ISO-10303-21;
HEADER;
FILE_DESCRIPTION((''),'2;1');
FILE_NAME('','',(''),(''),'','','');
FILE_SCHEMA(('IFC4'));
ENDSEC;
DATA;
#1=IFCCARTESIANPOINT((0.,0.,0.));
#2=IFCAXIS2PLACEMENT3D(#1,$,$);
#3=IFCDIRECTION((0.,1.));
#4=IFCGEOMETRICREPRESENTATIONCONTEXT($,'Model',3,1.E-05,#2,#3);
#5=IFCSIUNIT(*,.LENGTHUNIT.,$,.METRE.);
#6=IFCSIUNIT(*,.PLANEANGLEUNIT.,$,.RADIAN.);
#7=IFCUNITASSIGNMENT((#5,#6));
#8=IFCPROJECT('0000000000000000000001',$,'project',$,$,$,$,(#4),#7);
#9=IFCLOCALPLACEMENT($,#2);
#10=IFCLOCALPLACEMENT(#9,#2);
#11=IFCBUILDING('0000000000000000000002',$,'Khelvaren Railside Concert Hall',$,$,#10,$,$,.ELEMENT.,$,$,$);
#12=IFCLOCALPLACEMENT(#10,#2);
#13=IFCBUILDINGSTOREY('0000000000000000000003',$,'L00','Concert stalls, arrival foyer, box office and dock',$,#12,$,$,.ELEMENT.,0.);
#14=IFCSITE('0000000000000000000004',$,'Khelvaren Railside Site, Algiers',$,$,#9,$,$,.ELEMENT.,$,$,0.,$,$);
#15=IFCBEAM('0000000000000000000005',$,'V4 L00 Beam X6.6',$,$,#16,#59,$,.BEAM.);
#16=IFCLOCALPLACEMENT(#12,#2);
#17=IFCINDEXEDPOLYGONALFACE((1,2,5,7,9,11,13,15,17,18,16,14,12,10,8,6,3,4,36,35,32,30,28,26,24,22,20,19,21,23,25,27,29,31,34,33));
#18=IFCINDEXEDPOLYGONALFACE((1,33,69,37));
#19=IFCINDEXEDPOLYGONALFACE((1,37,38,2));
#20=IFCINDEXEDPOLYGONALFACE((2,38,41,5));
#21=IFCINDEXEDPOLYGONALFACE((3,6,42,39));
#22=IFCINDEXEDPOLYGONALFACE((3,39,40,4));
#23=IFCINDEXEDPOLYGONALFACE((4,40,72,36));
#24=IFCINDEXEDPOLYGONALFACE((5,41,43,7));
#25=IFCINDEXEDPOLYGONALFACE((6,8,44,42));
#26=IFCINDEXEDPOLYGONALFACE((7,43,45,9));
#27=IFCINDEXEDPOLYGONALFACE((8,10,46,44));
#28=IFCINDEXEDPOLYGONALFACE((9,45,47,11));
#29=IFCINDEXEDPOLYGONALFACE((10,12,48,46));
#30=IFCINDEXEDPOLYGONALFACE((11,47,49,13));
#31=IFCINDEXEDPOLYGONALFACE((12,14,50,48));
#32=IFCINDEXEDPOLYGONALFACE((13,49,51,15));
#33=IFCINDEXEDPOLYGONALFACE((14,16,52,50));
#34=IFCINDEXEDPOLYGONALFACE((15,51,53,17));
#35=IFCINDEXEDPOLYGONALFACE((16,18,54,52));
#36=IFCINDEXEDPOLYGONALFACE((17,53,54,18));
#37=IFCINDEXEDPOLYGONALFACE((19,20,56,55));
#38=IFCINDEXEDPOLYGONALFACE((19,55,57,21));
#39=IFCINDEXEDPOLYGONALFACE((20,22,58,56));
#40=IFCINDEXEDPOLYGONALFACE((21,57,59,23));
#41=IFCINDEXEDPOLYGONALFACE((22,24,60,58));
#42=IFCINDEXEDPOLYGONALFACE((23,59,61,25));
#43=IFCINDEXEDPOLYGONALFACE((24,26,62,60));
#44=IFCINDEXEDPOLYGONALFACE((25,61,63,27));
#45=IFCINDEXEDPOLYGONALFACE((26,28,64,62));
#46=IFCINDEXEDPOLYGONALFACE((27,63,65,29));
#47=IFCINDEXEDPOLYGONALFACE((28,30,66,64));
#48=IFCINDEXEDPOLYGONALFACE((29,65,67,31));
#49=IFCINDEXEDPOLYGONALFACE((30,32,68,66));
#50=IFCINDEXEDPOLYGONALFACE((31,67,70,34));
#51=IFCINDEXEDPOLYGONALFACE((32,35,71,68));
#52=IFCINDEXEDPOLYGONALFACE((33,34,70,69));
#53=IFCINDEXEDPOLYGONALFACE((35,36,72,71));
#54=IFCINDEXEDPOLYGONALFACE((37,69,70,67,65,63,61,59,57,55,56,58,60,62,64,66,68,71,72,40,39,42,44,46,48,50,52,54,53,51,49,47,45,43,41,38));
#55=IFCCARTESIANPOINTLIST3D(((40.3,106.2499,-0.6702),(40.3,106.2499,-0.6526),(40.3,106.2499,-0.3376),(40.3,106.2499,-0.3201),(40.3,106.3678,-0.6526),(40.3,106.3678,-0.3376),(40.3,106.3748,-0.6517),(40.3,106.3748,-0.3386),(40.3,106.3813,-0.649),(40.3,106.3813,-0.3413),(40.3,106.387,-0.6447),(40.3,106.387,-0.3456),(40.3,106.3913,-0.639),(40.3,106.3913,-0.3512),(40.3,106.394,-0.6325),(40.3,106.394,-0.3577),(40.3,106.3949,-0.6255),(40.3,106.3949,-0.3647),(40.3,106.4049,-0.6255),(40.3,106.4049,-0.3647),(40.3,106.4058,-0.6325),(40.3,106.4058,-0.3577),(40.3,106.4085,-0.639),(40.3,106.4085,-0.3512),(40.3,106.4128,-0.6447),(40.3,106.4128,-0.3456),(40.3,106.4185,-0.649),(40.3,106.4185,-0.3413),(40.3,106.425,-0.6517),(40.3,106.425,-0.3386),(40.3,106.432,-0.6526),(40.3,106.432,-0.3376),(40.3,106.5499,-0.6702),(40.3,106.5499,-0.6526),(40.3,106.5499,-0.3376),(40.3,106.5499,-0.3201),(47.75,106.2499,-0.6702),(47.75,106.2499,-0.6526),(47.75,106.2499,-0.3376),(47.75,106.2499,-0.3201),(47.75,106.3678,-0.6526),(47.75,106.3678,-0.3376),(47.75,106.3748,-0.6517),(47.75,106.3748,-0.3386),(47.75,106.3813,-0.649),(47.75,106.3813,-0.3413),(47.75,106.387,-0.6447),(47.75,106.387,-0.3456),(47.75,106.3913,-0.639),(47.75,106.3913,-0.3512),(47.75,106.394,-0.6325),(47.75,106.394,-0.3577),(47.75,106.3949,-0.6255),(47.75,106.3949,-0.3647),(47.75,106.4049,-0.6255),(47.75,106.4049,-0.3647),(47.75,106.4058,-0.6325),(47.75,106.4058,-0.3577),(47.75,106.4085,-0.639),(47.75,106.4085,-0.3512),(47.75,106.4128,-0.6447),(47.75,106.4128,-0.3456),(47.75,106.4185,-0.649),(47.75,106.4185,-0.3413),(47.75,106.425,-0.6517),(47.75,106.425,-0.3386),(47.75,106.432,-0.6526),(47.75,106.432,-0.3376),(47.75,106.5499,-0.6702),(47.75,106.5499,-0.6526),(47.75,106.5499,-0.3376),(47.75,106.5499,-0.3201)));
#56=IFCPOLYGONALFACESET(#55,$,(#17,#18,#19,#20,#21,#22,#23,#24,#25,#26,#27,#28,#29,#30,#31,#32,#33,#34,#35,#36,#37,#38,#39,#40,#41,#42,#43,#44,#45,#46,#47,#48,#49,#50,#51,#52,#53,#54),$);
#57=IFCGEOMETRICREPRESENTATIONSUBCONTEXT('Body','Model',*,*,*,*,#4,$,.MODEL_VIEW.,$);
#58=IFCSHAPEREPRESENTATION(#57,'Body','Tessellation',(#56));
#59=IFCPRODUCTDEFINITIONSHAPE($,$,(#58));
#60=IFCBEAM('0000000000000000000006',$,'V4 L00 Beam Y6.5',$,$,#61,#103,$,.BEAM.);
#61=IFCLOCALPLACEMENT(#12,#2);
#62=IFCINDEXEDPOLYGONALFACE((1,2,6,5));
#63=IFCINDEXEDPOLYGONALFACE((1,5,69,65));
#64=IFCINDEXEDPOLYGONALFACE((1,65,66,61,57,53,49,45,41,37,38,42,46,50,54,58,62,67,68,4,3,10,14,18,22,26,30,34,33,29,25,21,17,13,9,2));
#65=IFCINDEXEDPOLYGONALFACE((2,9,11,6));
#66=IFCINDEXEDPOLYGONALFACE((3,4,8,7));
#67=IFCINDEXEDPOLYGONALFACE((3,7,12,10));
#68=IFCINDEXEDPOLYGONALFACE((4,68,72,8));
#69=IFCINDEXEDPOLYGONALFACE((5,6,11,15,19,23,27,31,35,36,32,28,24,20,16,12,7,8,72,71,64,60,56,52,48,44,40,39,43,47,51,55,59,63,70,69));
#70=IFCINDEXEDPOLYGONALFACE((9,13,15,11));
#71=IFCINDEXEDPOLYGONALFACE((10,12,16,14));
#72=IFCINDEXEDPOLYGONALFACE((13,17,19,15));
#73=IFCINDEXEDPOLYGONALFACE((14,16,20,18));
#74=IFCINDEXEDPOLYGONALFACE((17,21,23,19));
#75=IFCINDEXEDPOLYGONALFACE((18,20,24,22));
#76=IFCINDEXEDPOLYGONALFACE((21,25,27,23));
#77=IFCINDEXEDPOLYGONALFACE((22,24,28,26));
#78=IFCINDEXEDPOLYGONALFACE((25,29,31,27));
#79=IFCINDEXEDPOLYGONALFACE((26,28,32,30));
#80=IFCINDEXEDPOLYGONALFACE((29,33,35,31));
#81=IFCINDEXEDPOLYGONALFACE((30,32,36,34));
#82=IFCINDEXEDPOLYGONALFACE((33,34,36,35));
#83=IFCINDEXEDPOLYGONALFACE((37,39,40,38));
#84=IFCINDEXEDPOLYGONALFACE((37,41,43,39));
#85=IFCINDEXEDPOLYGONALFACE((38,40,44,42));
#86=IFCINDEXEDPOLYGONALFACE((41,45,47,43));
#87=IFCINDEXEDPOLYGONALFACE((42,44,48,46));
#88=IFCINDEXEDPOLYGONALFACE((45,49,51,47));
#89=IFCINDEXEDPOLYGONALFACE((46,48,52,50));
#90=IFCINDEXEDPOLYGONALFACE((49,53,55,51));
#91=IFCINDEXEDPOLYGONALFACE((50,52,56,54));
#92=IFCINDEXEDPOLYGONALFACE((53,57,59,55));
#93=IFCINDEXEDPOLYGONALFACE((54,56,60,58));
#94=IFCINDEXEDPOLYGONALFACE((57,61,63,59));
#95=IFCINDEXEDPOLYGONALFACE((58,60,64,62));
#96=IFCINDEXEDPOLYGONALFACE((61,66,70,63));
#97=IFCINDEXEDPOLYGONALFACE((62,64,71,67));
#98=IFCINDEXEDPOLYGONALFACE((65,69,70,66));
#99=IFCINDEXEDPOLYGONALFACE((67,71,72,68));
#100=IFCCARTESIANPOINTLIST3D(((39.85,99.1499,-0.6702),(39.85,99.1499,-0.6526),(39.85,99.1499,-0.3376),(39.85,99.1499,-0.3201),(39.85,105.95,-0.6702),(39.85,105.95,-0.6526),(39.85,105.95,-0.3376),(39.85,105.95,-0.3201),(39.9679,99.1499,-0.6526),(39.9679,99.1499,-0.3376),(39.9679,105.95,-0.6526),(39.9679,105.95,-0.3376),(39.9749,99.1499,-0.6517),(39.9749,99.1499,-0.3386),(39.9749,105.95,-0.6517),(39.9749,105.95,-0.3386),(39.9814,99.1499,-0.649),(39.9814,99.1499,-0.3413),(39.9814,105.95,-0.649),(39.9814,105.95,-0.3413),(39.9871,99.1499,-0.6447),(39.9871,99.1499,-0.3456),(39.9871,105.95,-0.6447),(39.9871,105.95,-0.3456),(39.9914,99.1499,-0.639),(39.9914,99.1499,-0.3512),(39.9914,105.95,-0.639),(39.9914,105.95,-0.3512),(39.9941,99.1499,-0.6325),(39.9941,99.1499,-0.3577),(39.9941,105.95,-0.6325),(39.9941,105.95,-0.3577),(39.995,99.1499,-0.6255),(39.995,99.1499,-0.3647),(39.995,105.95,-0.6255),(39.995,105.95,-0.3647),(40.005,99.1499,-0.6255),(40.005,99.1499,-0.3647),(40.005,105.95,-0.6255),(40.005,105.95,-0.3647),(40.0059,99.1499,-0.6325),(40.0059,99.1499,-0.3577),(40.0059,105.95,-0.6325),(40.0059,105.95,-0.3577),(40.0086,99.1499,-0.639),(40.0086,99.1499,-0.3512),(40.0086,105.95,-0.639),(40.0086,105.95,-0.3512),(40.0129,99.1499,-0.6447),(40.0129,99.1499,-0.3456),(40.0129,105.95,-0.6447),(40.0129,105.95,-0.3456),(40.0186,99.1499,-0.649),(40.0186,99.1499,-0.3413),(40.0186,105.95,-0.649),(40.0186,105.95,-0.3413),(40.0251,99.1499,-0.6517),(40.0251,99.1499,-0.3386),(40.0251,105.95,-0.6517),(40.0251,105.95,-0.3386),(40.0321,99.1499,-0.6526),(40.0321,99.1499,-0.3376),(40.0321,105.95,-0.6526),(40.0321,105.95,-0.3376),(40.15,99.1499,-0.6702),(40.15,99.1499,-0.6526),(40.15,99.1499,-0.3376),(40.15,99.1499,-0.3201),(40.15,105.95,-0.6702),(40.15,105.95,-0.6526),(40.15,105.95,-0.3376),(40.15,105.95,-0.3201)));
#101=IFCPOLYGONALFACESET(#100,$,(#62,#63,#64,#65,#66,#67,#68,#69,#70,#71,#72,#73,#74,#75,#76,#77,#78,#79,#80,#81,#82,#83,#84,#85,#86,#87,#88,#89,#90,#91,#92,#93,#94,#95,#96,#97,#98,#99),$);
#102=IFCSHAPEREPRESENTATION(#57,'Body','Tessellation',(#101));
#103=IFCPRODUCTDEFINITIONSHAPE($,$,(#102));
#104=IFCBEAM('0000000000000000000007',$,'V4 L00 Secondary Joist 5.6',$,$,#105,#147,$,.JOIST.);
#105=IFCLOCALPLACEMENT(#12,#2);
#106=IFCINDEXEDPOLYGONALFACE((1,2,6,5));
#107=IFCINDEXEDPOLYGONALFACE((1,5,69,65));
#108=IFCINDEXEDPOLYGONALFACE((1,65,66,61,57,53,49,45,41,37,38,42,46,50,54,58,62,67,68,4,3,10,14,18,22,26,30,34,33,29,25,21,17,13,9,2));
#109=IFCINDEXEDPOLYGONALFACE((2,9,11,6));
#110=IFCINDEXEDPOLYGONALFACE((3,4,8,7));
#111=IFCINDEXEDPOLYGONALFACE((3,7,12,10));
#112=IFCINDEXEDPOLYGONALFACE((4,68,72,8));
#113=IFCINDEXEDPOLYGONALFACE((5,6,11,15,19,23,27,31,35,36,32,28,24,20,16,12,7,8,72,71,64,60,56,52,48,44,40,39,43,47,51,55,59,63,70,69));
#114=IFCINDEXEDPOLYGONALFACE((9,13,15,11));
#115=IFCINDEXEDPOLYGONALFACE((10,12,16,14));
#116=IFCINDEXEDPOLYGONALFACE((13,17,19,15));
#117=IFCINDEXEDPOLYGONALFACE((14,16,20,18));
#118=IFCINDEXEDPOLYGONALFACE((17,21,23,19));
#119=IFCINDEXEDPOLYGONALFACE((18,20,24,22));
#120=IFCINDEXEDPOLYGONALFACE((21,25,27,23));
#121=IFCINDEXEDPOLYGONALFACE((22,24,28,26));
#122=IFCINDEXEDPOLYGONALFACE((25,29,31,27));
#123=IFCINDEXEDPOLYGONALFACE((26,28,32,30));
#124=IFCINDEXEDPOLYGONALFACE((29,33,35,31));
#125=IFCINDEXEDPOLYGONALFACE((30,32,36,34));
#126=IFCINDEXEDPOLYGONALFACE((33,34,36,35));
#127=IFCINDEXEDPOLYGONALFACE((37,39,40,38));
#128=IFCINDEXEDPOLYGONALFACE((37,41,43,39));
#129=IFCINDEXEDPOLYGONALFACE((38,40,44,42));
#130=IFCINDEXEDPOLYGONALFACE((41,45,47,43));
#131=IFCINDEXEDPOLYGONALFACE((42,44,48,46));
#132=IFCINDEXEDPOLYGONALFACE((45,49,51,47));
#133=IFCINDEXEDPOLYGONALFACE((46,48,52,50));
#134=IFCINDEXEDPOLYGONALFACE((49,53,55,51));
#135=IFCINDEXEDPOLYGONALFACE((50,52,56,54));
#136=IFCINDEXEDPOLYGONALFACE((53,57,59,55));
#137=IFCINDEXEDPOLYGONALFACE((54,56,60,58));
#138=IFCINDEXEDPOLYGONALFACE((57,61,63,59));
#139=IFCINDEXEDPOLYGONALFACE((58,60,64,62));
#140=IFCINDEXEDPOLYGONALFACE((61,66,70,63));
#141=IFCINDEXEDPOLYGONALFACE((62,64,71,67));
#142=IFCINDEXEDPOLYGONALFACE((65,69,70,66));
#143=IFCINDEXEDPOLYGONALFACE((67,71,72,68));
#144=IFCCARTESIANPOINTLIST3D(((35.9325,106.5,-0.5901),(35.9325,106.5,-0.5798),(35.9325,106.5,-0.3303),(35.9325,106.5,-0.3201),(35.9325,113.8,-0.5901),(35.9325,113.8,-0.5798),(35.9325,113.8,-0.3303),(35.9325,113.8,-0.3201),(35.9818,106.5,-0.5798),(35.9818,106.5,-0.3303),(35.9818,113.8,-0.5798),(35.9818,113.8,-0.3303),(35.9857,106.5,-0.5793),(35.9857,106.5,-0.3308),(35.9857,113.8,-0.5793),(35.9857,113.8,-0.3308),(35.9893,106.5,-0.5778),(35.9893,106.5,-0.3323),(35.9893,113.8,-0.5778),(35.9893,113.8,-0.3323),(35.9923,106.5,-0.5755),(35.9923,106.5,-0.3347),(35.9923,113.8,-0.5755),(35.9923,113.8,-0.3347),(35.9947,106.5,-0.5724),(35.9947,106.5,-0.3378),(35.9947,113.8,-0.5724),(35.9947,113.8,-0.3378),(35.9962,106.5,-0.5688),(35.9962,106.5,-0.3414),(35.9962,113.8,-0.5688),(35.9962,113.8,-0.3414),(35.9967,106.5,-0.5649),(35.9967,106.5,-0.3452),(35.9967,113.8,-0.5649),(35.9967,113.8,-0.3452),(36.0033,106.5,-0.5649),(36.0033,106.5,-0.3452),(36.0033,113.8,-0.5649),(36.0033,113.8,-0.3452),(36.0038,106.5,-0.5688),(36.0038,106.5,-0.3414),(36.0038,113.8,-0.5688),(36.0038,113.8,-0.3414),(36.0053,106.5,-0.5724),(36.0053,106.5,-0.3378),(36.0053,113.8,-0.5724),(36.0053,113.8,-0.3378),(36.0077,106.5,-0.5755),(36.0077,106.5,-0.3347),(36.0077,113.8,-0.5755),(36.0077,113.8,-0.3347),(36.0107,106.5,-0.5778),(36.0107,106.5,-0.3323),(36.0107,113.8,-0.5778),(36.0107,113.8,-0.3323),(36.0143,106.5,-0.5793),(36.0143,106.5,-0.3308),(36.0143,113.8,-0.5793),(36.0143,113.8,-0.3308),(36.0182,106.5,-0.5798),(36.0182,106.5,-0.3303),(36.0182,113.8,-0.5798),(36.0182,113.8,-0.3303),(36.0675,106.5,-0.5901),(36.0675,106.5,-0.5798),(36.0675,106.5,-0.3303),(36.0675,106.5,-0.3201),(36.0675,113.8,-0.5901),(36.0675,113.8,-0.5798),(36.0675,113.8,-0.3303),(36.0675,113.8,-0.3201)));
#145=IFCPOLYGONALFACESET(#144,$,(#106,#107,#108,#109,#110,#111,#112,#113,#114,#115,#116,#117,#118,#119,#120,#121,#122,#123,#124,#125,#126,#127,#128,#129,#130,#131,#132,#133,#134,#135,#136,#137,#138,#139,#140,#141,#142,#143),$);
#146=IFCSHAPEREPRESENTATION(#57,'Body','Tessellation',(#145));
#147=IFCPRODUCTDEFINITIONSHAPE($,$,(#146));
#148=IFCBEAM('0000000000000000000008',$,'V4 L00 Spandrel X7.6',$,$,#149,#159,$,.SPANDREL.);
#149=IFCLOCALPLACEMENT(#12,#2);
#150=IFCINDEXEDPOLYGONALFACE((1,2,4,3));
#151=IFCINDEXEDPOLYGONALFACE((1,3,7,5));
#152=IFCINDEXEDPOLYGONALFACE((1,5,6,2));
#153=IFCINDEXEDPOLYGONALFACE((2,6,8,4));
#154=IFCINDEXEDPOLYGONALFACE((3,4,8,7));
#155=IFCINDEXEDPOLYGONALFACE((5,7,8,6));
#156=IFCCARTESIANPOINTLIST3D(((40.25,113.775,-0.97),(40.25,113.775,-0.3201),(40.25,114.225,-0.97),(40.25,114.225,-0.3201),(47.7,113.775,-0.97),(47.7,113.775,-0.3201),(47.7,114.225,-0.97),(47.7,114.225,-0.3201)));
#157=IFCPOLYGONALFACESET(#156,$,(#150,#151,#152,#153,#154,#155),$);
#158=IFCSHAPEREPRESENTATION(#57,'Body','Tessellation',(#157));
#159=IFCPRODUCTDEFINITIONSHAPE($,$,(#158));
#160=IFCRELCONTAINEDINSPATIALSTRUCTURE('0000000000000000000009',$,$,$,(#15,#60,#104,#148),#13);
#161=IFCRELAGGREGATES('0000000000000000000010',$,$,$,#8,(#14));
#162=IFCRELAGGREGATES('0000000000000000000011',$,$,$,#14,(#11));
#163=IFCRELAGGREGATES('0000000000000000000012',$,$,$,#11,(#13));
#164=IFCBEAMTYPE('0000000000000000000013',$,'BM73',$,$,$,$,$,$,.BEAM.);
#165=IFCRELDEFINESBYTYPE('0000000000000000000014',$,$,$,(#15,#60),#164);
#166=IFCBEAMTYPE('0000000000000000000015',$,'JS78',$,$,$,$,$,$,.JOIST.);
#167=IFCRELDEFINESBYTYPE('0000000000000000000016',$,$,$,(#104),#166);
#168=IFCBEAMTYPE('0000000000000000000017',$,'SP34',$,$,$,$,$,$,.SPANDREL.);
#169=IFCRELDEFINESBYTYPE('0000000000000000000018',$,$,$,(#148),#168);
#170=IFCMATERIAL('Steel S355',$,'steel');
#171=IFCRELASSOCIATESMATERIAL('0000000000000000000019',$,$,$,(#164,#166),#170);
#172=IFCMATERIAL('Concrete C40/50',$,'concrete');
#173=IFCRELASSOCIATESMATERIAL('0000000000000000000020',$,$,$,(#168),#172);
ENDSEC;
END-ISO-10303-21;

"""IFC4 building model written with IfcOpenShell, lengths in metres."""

from ifc_helpers import new_model, si_unit, direction, frame, origin, origin_2d, place, context, subcontext, project, spatial, rectangle, i_section, extrude, material, material_profile, profile_set, type_object, element, save


model = new_model("IFC4")

# Units and contexts
model_context = context("Model", 3, precision=1e-05, world=origin(), true_north=direction((0.0, 1.0)))
body_context = subcontext(model_context, "Body", "Model", "MODEL_VIEW")
ifc_project = project(units=[si_unit("LENGTHUNIT", "METRE"), si_unit("PLANEANGLEUNIT", "RADIAN")], contexts=[model_context])

# Site, building, storey
site_placement = place(None, origin())
site = spatial("IfcSite", under=ifc_project, at=site_placement, Name="Khelvaren Railside Site, Algiers", CompositionType="ELEMENT", RefElevation=0.0)
building_placement = place(site_placement, origin())
building = spatial("IfcBuilding", under=site, at=building_placement, Name="Khelvaren Railside Concert Hall", CompositionType="ELEMENT")
storey_placement = place(building_placement, origin())
storey = spatial("IfcBuildingStorey", under=building, at=storey_placement, Name="L00", Description="Concert stalls, arrival foyer, box office and dock", CompositionType="ELEMENT", Elevation=0.0)

# Beams
ifc_material_1 = material(Name="Steel S355", Category="steel")
ifc_material_profile_1 = material_profile(ifc_material_1, i_section(OverallWidth=0.3, OverallDepth=0.3501, WebThickness=0.01, FlangeThickness=0.0176, FilletRadius=0.0271, at=origin_2d()), Name="HEA 360")
ifc_profile_set_1 = profile_set([ifc_material_profile_1], Name="Steel S355")
beam_type_1 = type_object("IfcBeamType", Name="BM73", PredefinedType="BEAM", material=ifc_profile_set_1)
beam_1_placement = place(storey_placement, frame((40.3, 106.3999, -0.4951), z_axis=(1.0, 0.0, 0.0), x_axis=(0.0, 1.0, 0.0)))
element("IfcBeam", 1, at=beam_1_placement, inside=storey, type_object=beam_type_1, Name="V4 L00 Beam X6.6", PredefinedType="BEAM", context=body_context, shape_type="SweptSolid", body=[
    extrude(i_section(OverallWidth=0.3, OverallDepth=0.3501, WebThickness=0.01, FlangeThickness=0.0176, FilletRadius=0.0271, at=origin_2d()), origin(), (0.0, 0.0, 1.0), 7.45),
])
beam_2_placement = place(storey_placement, frame((40.0, 99.1499, -0.4951), z_axis=(0.0, 1.0, 0.0), x_axis=(-1.0, 0.0, 0.0)))
element("IfcBeam", 2, at=beam_2_placement, inside=storey, type_object=beam_type_1, Name="V4 L00 Beam Y6.5", PredefinedType="BEAM", context=body_context, shape_type="SweptSolid", body=[
    extrude(i_section(OverallWidth=0.3, OverallDepth=0.3501, WebThickness=0.01, FlangeThickness=0.0176, FilletRadius=0.0271, at=origin_2d()), origin(), (0.0, 0.0, 1.0), 6.8),
])
ifc_material_profile_2 = material_profile(ifc_material_1, i_section(OverallWidth=0.135, OverallDepth=0.27, WebThickness=0.0066, FlangeThickness=0.0103, FilletRadius=0.0149, at=origin_2d()), Name="IPE 270")
ifc_profile_set_2 = profile_set([ifc_material_profile_2], Name="Steel S355")
beam_type_2 = type_object("IfcBeamType", Name="JS78", PredefinedType="JOIST", material=ifc_profile_set_2)
beam_3_placement = place(storey_placement, frame((36.0, 106.5, -0.4551), z_axis=(0.0, 1.0, 0.0), x_axis=(-1.0, 0.0, 0.0)))
element("IfcBeam", 3, at=beam_3_placement, inside=storey, type_object=beam_type_2, Name="V4 L00 Secondary Joist 5.6", PredefinedType="JOIST", context=body_context, shape_type="SweptSolid", body=[
    extrude(i_section(OverallWidth=0.135, OverallDepth=0.27, WebThickness=0.0066, FlangeThickness=0.0103, FilletRadius=0.0149, at=origin_2d()), origin(), (0.0, 0.0, 1.0), 7.3),
])
ifc_material_2 = material(Name="Concrete C40/50", Category="concrete")
ifc_material_profile_3 = material_profile(ifc_material_2, rectangle(XDim=0.45, YDim=0.6499, at=origin_2d()), Name="RCB 450x650")
ifc_profile_set_3 = profile_set([ifc_material_profile_3], Name="Concrete C40/50")
beam_type_3 = type_object("IfcBeamType", Name="SP34", PredefinedType="SPANDREL", material=ifc_profile_set_3)
beam_4_placement = place(storey_placement, frame((40.25, 114.0, -0.645), z_axis=(1.0, 0.0, 0.0), x_axis=(0.0, 1.0, 0.0)))
element("IfcBeam", 4, at=beam_4_placement, inside=storey, type_object=beam_type_3, Name="V4 L00 Spandrel X7.6", PredefinedType="SPANDREL", context=body_context, shape_type="SweptSolid", body=[
    extrude(rectangle(XDim=0.45, YDim=0.6499, at=origin_2d()), origin(), (0.0, 0.0, 1.0), 7.45),
])

save(model, "model.ifc")
